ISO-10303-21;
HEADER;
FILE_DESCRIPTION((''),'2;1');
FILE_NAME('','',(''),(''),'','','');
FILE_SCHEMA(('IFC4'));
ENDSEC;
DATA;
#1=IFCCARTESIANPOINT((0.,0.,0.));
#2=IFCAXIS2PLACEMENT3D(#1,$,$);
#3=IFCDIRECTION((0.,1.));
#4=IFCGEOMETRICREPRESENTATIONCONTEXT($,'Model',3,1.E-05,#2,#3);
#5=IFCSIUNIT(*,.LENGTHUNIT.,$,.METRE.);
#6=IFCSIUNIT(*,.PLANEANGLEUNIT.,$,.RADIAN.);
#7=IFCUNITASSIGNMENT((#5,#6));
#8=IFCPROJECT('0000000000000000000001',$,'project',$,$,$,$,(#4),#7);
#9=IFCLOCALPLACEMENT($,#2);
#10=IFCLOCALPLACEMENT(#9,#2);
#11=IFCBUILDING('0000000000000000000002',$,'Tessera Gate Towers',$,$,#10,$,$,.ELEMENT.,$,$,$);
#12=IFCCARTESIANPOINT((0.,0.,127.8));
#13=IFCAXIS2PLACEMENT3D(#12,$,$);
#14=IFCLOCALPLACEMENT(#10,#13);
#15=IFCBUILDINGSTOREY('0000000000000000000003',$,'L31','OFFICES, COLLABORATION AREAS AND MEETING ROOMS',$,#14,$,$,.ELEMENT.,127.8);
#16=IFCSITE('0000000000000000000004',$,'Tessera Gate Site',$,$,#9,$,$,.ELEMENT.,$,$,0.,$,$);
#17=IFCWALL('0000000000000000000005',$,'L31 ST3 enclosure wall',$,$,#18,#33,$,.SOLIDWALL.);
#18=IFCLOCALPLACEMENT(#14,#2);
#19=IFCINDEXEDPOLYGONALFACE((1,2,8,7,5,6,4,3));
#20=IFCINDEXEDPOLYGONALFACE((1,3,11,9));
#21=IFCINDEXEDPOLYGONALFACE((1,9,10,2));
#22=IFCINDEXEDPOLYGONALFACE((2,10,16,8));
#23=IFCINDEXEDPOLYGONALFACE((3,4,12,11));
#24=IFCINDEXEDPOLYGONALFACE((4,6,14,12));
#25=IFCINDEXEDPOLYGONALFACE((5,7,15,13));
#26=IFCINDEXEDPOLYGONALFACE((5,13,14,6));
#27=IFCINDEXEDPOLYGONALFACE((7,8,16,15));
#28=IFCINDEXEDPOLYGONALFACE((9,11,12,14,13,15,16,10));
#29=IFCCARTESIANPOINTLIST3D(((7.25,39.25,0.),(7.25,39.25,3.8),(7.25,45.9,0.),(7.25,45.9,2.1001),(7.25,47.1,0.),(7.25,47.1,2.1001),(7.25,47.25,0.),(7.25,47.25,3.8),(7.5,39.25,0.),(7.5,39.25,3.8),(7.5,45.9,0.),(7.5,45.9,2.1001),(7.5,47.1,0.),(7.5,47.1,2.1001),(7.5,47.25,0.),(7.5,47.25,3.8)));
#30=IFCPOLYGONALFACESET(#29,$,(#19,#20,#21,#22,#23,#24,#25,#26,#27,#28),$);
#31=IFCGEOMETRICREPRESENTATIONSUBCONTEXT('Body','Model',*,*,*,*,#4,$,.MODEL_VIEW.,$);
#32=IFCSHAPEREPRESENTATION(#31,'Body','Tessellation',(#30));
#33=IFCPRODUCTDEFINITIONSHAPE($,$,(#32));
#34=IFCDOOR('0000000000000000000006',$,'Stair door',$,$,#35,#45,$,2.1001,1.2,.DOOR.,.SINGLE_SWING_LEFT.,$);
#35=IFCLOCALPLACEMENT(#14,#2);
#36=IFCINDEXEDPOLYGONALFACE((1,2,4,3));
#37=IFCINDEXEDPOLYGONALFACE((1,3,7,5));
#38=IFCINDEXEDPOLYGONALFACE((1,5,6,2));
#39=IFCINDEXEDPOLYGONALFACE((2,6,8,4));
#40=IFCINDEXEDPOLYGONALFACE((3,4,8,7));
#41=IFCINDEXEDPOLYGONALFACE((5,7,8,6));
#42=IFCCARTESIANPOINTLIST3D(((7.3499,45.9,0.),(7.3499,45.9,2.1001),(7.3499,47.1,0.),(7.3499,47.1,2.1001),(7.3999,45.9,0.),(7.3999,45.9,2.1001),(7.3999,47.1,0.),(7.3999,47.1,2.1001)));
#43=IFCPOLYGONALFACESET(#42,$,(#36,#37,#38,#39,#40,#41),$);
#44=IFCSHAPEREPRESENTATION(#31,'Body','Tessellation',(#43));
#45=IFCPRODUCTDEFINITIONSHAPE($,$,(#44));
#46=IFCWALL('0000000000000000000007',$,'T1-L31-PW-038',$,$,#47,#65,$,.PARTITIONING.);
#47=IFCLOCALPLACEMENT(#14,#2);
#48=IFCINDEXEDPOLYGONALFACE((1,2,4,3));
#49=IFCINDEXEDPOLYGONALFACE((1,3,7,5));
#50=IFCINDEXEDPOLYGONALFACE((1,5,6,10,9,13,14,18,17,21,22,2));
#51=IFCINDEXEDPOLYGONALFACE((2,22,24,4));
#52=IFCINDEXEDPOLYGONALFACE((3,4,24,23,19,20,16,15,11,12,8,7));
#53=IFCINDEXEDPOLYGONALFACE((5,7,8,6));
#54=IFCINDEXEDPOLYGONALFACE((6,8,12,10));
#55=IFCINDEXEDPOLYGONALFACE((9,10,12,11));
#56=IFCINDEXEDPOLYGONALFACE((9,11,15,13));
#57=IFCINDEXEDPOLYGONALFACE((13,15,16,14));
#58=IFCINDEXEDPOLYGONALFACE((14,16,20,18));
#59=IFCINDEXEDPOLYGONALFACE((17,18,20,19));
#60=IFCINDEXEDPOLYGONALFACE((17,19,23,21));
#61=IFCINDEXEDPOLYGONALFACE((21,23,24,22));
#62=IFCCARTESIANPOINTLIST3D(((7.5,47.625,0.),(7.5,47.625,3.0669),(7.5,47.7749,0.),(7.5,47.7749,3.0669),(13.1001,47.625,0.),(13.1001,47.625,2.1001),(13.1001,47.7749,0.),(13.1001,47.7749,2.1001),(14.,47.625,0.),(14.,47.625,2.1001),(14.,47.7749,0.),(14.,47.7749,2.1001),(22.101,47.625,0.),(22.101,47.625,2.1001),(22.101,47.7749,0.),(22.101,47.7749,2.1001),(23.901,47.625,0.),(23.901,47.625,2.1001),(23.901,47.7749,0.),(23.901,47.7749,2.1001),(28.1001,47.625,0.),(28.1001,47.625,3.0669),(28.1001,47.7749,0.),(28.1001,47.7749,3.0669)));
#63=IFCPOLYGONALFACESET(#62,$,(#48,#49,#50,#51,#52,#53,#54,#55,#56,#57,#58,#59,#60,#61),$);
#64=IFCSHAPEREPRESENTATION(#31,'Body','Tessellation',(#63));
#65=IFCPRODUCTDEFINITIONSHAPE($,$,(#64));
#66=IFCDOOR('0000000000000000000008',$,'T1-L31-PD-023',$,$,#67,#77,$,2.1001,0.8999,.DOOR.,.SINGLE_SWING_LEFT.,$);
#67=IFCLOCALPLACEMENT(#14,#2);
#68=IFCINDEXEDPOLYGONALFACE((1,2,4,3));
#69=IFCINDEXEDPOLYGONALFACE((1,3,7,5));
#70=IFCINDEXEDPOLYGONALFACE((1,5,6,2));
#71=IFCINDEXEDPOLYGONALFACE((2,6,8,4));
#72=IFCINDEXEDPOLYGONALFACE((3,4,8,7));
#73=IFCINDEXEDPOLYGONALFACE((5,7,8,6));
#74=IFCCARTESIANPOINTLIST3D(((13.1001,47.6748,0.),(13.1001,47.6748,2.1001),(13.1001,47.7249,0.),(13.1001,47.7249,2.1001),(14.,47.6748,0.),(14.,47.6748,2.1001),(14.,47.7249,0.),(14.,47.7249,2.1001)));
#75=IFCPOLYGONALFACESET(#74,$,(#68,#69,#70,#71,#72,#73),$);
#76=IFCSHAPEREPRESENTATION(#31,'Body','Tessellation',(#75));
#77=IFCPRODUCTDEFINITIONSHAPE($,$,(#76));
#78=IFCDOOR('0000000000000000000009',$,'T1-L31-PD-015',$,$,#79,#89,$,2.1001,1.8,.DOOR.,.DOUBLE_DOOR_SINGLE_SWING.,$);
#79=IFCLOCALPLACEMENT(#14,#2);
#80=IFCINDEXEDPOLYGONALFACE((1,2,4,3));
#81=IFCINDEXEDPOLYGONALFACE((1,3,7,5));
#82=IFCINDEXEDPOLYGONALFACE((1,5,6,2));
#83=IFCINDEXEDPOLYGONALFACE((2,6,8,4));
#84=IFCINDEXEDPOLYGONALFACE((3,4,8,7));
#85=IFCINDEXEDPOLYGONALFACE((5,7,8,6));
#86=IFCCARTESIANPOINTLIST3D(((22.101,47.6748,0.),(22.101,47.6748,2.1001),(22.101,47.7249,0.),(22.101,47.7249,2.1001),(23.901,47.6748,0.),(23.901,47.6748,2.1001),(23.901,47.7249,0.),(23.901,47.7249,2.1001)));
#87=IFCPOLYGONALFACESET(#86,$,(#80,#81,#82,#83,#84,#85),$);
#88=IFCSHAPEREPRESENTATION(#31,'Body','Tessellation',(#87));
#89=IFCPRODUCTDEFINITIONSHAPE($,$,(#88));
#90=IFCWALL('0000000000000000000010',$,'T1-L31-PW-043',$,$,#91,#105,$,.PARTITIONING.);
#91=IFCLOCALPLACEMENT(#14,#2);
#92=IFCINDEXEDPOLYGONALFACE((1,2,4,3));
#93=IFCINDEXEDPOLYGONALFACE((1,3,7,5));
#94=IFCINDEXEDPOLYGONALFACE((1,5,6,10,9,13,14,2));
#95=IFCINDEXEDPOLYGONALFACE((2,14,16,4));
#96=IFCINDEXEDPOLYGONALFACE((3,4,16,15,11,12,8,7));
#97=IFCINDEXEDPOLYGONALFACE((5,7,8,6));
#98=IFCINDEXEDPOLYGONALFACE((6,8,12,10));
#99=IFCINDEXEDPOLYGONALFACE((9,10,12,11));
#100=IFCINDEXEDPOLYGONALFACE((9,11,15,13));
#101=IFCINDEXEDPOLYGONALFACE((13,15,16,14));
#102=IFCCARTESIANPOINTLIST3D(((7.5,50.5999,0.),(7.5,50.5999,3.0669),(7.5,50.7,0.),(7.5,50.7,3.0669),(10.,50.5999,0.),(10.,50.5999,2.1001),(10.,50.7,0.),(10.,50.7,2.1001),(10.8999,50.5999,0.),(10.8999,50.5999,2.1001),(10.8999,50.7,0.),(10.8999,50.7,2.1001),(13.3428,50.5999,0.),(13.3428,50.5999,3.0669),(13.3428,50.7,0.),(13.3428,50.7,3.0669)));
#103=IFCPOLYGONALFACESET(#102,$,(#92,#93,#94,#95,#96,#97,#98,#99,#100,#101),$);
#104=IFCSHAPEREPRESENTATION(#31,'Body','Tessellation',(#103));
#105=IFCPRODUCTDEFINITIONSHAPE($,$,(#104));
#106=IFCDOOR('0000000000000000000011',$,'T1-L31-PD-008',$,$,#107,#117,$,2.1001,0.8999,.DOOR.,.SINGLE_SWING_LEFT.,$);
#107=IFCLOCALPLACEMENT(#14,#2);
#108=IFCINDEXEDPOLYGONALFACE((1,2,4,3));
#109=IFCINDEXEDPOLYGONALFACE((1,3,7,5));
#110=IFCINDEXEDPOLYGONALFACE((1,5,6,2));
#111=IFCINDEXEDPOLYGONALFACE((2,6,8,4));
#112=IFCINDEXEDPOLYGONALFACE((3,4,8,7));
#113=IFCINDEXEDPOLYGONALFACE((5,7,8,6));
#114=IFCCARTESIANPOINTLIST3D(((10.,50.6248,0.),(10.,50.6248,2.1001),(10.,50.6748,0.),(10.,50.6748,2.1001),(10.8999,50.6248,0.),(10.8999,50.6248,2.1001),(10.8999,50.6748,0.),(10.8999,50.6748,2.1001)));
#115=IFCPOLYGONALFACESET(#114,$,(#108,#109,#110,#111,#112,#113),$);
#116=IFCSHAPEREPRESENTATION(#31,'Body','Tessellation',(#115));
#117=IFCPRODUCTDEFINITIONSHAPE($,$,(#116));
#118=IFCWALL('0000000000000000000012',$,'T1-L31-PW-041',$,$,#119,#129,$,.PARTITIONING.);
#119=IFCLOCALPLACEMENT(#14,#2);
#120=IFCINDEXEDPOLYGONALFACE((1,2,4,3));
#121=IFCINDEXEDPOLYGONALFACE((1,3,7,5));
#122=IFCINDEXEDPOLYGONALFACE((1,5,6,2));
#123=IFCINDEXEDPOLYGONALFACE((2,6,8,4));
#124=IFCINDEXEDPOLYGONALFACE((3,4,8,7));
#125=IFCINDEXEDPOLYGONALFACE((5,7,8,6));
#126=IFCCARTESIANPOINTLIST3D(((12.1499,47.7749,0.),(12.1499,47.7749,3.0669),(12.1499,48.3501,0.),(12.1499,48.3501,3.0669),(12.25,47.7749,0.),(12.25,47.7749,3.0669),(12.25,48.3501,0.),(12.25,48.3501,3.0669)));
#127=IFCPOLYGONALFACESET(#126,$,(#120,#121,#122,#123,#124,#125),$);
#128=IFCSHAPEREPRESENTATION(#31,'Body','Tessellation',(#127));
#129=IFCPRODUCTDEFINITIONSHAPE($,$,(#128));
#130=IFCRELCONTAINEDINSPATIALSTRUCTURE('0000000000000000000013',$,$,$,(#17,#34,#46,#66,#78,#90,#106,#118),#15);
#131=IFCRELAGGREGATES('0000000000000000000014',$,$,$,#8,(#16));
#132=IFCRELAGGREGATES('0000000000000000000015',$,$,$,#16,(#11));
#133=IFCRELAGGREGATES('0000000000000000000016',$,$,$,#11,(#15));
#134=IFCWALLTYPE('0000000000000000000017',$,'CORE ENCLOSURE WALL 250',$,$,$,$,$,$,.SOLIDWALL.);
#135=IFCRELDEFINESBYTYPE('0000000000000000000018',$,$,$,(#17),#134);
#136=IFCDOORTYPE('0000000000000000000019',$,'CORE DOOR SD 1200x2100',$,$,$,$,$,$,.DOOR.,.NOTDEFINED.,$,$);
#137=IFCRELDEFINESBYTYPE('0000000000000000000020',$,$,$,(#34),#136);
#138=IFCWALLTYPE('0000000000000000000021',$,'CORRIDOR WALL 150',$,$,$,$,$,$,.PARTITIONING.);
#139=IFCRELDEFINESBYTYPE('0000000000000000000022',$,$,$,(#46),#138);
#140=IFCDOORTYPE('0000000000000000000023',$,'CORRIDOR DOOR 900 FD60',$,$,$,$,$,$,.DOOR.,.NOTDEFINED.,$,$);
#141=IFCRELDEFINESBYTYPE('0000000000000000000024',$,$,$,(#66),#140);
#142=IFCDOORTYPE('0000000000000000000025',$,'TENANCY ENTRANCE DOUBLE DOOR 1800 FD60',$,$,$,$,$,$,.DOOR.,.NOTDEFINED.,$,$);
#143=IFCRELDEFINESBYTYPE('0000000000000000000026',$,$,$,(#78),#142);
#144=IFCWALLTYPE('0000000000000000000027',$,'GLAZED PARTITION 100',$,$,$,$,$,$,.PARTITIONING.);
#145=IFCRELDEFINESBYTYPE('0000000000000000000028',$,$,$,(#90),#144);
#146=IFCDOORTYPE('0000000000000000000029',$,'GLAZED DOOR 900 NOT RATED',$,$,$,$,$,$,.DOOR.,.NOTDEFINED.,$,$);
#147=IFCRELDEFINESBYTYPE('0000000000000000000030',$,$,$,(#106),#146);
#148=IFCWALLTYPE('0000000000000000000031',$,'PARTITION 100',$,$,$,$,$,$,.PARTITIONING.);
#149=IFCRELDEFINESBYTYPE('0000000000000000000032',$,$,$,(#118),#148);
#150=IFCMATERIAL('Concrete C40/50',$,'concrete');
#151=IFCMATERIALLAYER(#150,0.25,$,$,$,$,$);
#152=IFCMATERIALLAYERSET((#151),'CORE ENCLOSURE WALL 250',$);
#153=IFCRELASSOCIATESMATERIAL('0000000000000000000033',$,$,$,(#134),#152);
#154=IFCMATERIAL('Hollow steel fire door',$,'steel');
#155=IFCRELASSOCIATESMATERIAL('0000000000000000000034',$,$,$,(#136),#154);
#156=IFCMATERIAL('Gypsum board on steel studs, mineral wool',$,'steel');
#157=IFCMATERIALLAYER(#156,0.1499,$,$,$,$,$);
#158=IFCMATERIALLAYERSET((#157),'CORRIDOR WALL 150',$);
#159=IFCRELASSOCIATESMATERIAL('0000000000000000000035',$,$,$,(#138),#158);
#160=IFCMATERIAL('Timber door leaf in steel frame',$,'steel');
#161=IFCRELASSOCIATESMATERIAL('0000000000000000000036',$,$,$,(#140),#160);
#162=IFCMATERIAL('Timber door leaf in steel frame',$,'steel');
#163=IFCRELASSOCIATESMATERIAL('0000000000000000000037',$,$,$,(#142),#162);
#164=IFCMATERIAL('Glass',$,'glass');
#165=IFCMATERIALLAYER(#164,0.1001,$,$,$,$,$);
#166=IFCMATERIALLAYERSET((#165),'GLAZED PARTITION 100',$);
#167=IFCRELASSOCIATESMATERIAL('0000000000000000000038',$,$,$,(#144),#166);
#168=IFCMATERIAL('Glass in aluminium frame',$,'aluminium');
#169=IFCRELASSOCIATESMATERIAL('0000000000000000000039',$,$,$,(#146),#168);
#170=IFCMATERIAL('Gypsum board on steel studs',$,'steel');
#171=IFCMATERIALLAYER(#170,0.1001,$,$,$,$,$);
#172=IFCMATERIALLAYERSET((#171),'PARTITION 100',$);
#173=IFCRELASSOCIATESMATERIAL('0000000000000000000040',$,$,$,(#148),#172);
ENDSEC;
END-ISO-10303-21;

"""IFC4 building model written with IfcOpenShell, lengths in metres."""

from ifc_helpers import new_model, si_unit, direction, frame, frame_2d, origin, place, context, subcontext, project, spatial, rectangle, extrude, source, transform, mapped, material, layer, layer_set, type_object, element, fill, save


model = new_model("IFC4")

# Units and contexts
model_context = context("Model", 3, precision=1e-05, world=origin(), true_north=direction((0.0, 1.0)))
body_context = subcontext(model_context, "Body", "Model", "MODEL_VIEW")
ifc_project = project(units=[si_unit("LENGTHUNIT", "METRE"), si_unit("PLANEANGLEUNIT", "RADIAN")], contexts=[model_context])

# Site, building, storey
site_placement = place(None, origin())
site = spatial("IfcSite", under=ifc_project, at=site_placement, Name="Tessera Gate Site", CompositionType="ELEMENT", RefElevation=0.0)
building_placement = place(site_placement, origin())
building = spatial("IfcBuilding", under=site, at=building_placement, Name="Tessera Gate Towers", CompositionType="ELEMENT")
storey_placement = place(building_placement, frame((0.0, 0.0, 127.8)))
storey = spatial("IfcBuildingStorey", under=building, at=storey_placement, Name="L31", Description="OFFICES, COLLABORATION AREAS AND MEETING ROOMS", CompositionType="ELEMENT", Elevation=127.8)

# Shared definitions
ifc_material_1 = material(Name="Concrete C40/50", Category="concrete")
ifc_layer_1 = layer(ifc_material_1, 0.25)
ifc_layer_set_1 = layer_set([ifc_layer_1], Name="CORE ENCLOSURE WALL 250")
wall_type_1 = type_object("IfcWallType", Name="CORE ENCLOSURE WALL 250", PredefinedType="SOLIDWALL", material=ifc_layer_set_1)

# Wall, opening, door
wall_1_placement = place(storey_placement, frame((7.375, 47.25, 0.0), z_axis=(0.0, 0.0, 1.0), x_axis=(0.0, -1.0, 0.0)))
wall_1 = element("IfcWall", 1, at=wall_1_placement, inside=storey, type_object=wall_type_1, Name="L31 ST3 enclosure wall", PredefinedType="SOLIDWALL", context=body_context, shape_type="SweptSolid", body=[
    extrude(rectangle(XDim=8.0, YDim=0.25, at=frame_2d((4.0, 0.0))), origin(), (0.0, 0.0, 1.0), 3.8),
])
shared_shape_1 = source(origin(), body_context, "Body", "SweptSolid", [
    extrude(rectangle(XDim=1.2, YDim=2.1001, at=frame_2d((0.6001, 1.05))), frame((0.0, 0.135, 0.0), z_axis=(0.0, -1.0, 0.0), x_axis=(1.0, 0.0, 0.0)), (0.0, 0.0, 1.0), 0.27),
])
opening_1_placement = place(wall_1_placement, frame((0.1499, 0.0, 0.0)))
opening_1 = element("IfcOpeningElement", 2, at=opening_1_placement, cuts=wall_1, PredefinedType="OPENING", context=body_context, shape_type="MappedRepresentation", body=[
    mapped(shared_shape_1, transform((0.0, 0.0, 0.0), scale=1.0)),
])
ifc_material_2 = material(Name="Hollow steel fire door", Category="steel")
door_type_1 = type_object("IfcDoorType", Name="CORE DOOR SD 1200x2100", OperationType="NOTDEFINED", PredefinedType="DOOR", material=ifc_material_2)
shared_shape_2 = source(origin(), body_context, "Body", "SweptSolid", [
    extrude(rectangle(XDim=1.2, YDim=2.1001, at=frame_2d((0.6001, 1.05))), frame((0.0, 0.0249, 0.0), z_axis=(0.0, -1.0, 0.0), x_axis=(1.0, 0.0, 0.0)), (0.0, 0.0, 1.0), 0.05),
])
door_1_placement = place(opening_1_placement, origin())
door_1 = element("IfcDoor", 3, at=door_1_placement, inside=storey, type_object=door_type_1, Name="Stair door", OperationType="SINGLE_SWING_LEFT", OverallHeight=2.1001, OverallWidth=1.2, PredefinedType="DOOR", context=body_context, shape_type="MappedRepresentation", body=[
    mapped(shared_shape_2, transform((0.0, 0.0, 0.0), scale=1.0)),
])
fill(opening_1, door_1)

# Wall, openings, doors
ifc_material_3 = material(Name="Gypsum board on steel studs, mineral wool", Category="steel")
ifc_layer_2 = layer(ifc_material_3, 0.1499)
ifc_layer_set_2 = layer_set([ifc_layer_2], Name="CORRIDOR WALL 150")
wall_type_2 = type_object("IfcWallType", Name="CORRIDOR WALL 150", PredefinedType="PARTITIONING", material=ifc_layer_set_2)
wall_2_placement = place(storey_placement, frame((7.5, 47.7, 0.0), z_axis=(0.0, 0.0, 1.0), x_axis=(1.0, 0.0, 0.0)))
wall_2 = element("IfcWall", 4, at=wall_2_placement, inside=storey, type_object=wall_type_2, Name="T1-L31-PW-038", PredefinedType="PARTITIONING", context=body_context, shape_type="SweptSolid", body=[
    extrude(rectangle(XDim=20.6001, YDim=0.1499, at=frame_2d((10.3, 0.0))), origin(), (0.0, 0.0, 1.0), 3.0669),
])
shared_shape_3 = source(origin(), body_context, "Body", "SweptSolid", [
    extrude(rectangle(XDim=1.8, YDim=2.1001, at=frame_2d((0.8999, 1.05))), frame((0.0, 0.085, 0.0), z_axis=(0.0, -1.0, 0.0), x_axis=(1.0, 0.0, 0.0)), (0.0, 0.0, 1.0), 0.1699),
])
opening_2_placement = place(wall_2_placement, frame((14.6011, 0.0, 0.0)))
opening_2 = element("IfcOpeningElement", 5, at=opening_2_placement, cuts=wall_2, PredefinedType="OPENING", context=body_context, shape_type="MappedRepresentation", body=[
    mapped(shared_shape_3, transform((0.0, 0.0, 0.0), scale=1.0)),
])
shared_shape_4 = source(origin(), body_context, "Body", "SweptSolid", [
    extrude(rectangle(XDim=0.8999, YDim=2.1001, at=frame_2d((0.45, 1.05))), frame((0.0, 0.085, 0.0), z_axis=(0.0, -1.0, 0.0), x_axis=(1.0, 0.0, 0.0)), (0.0, 0.0, 1.0), 0.1699),
])
opening_3_placement = place(wall_2_placement, frame((5.6001, 0.0, 0.0)))
opening_3 = element("IfcOpeningElement", 6, at=opening_3_placement, cuts=wall_2, PredefinedType="OPENING", context=body_context, shape_type="MappedRepresentation", body=[
    mapped(shared_shape_4, transform((0.0, 0.0, 0.0), scale=1.0)),
])
ifc_material_4 = material(Name="Timber door leaf in steel frame", Category="steel")
door_type_2 = type_object("IfcDoorType", Name="CORRIDOR DOOR 900 FD60", OperationType="NOTDEFINED", PredefinedType="DOOR", material=ifc_material_4)
shared_shape_5 = source(origin(), body_context, "Body", "SweptSolid", [
    extrude(rectangle(XDim=0.8999, YDim=2.1001, at=frame_2d((0.45, 1.05))), frame((0.0, 0.0249, 0.0), z_axis=(0.0, -1.0, 0.0), x_axis=(1.0, 0.0, 0.0)), (0.0, 0.0, 1.0), 0.05),
])
door_2_placement = place(opening_3_placement, origin())
door_2 = element("IfcDoor", 7, at=door_2_placement, inside=storey, type_object=door_type_2, Name="T1-L31-PD-023", OperationType="SINGLE_SWING_LEFT", OverallHeight=2.1001, OverallWidth=0.8999, PredefinedType="DOOR", context=body_context, shape_type="MappedRepresentation", body=[
    mapped(shared_shape_5, transform((0.0, 0.0, 0.0), scale=1.0)),
])
fill(opening_3, door_2)
ifc_material_5 = material(Name="Timber door leaf in steel frame", Category="steel")
door_type_3 = type_object("IfcDoorType", Name="TENANCY ENTRANCE DOUBLE DOOR 1800 FD60", OperationType="NOTDEFINED", PredefinedType="DOOR", material=ifc_material_5)
shared_shape_6 = source(origin(), body_context, "Body", "SweptSolid", [
    extrude(rectangle(XDim=1.8, YDim=2.1001, at=frame_2d((0.8999, 1.05))), frame((0.0, 0.0249, 0.0), z_axis=(0.0, -1.0, 0.0), x_axis=(1.0, 0.0, 0.0)), (0.0, 0.0, 1.0), 0.05),
])
door_3_placement = place(opening_2_placement, origin())
door_3 = element("IfcDoor", 8, at=door_3_placement, inside=storey, type_object=door_type_3, Name="T1-L31-PD-015", OperationType="DOUBLE_DOOR_SINGLE_SWING", OverallHeight=2.1001, OverallWidth=1.8, PredefinedType="DOOR", context=body_context, shape_type="MappedRepresentation", body=[
    mapped(shared_shape_6, transform((0.0, 0.0, 0.0), scale=1.0)),
])
fill(opening_2, door_3)

# Wall, opening, door
ifc_material_6 = material(Name="Glass", Category="glass")
ifc_layer_3 = layer(ifc_material_6, 0.1001)
ifc_layer_set_3 = layer_set([ifc_layer_3], Name="GLAZED PARTITION 100")
wall_type_3 = type_object("IfcWallType", Name="GLAZED PARTITION 100", PredefinedType="PARTITIONING", material=ifc_layer_set_3)
wall_3_placement = place(storey_placement, frame((7.5, 50.6499, 0.0), z_axis=(0.0, 0.0, 1.0), x_axis=(1.0, 0.0, 0.0)))
wall_3 = element("IfcWall", 9, at=wall_3_placement, inside=storey, type_object=wall_type_3, Name="T1-L31-PW-043", PredefinedType="PARTITIONING", context=body_context, shape_type="SweptSolid", body=[
    extrude(rectangle(XDim=5.8428, YDim=0.1001, at=frame_2d((2.9214, 0.0))), origin(), (0.0, 0.0, 1.0), 3.0669),
])
shared_shape_7 = source(origin(), body_context, "Body", "SweptSolid", [
    extrude(rectangle(XDim=0.8999, YDim=2.1001, at=frame_2d((0.45, 1.05))), frame((0.0, 0.0601, 0.0), z_axis=(0.0, -1.0, 0.0), x_axis=(1.0, 0.0, 0.0)), (0.0, 0.0, 1.0), 0.1201),
])
opening_4_placement = place(wall_3_placement, frame((2.5, 0.0, 0.0)))
opening_4 = element("IfcOpeningElement", 10, at=opening_4_placement, cuts=wall_3, PredefinedType="OPENING", context=body_context, shape_type="MappedRepresentation", body=[
    mapped(shared_shape_7, transform((0.0, 0.0, 0.0), scale=1.0)),
])
ifc_material_7 = material(Name="Glass in aluminium frame", Category="aluminium")
door_type_4 = type_object("IfcDoorType", Name="GLAZED DOOR 900 NOT RATED", OperationType="NOTDEFINED", PredefinedType="DOOR", material=ifc_material_7)
door_4_placement = place(opening_4_placement, origin())
door_4 = element("IfcDoor", 11, at=door_4_placement, inside=storey, type_object=door_type_4, Name="T1-L31-PD-008", OperationType="SINGLE_SWING_LEFT", OverallHeight=2.1001, OverallWidth=0.8999, PredefinedType="DOOR", context=body_context, shape_type="MappedRepresentation", body=[
    mapped(shared_shape_5, transform((0.0, 0.0, 0.0), scale=1.0)),
])
fill(opening_4, door_4)

# Wall
ifc_material_8 = material(Name="Gypsum board on steel studs", Category="steel")
ifc_layer_4 = layer(ifc_material_8, 0.1001)
ifc_layer_set_4 = layer_set([ifc_layer_4], Name="PARTITION 100")
wall_type_4 = type_object("IfcWallType", Name="PARTITION 100", PredefinedType="PARTITIONING", material=ifc_layer_set_4)
wall_4_placement = place(storey_placement, frame((12.2, 48.3501, 0.0), z_axis=(0.0, 0.0, 1.0), x_axis=(0.0, -1.0, 0.0)))
element("IfcWall", 12, at=wall_4_placement, inside=storey, type_object=wall_type_4, Name="T1-L31-PW-041", PredefinedType="PARTITIONING", context=body_context, shape_type="SweptSolid", body=[
    extrude(rectangle(XDim=0.5752, YDim=0.1001, at=frame_2d((0.2876, 0.0))), origin(), (0.0, 0.0, 1.0), 3.0669),
])

save(model, "model.ifc")
